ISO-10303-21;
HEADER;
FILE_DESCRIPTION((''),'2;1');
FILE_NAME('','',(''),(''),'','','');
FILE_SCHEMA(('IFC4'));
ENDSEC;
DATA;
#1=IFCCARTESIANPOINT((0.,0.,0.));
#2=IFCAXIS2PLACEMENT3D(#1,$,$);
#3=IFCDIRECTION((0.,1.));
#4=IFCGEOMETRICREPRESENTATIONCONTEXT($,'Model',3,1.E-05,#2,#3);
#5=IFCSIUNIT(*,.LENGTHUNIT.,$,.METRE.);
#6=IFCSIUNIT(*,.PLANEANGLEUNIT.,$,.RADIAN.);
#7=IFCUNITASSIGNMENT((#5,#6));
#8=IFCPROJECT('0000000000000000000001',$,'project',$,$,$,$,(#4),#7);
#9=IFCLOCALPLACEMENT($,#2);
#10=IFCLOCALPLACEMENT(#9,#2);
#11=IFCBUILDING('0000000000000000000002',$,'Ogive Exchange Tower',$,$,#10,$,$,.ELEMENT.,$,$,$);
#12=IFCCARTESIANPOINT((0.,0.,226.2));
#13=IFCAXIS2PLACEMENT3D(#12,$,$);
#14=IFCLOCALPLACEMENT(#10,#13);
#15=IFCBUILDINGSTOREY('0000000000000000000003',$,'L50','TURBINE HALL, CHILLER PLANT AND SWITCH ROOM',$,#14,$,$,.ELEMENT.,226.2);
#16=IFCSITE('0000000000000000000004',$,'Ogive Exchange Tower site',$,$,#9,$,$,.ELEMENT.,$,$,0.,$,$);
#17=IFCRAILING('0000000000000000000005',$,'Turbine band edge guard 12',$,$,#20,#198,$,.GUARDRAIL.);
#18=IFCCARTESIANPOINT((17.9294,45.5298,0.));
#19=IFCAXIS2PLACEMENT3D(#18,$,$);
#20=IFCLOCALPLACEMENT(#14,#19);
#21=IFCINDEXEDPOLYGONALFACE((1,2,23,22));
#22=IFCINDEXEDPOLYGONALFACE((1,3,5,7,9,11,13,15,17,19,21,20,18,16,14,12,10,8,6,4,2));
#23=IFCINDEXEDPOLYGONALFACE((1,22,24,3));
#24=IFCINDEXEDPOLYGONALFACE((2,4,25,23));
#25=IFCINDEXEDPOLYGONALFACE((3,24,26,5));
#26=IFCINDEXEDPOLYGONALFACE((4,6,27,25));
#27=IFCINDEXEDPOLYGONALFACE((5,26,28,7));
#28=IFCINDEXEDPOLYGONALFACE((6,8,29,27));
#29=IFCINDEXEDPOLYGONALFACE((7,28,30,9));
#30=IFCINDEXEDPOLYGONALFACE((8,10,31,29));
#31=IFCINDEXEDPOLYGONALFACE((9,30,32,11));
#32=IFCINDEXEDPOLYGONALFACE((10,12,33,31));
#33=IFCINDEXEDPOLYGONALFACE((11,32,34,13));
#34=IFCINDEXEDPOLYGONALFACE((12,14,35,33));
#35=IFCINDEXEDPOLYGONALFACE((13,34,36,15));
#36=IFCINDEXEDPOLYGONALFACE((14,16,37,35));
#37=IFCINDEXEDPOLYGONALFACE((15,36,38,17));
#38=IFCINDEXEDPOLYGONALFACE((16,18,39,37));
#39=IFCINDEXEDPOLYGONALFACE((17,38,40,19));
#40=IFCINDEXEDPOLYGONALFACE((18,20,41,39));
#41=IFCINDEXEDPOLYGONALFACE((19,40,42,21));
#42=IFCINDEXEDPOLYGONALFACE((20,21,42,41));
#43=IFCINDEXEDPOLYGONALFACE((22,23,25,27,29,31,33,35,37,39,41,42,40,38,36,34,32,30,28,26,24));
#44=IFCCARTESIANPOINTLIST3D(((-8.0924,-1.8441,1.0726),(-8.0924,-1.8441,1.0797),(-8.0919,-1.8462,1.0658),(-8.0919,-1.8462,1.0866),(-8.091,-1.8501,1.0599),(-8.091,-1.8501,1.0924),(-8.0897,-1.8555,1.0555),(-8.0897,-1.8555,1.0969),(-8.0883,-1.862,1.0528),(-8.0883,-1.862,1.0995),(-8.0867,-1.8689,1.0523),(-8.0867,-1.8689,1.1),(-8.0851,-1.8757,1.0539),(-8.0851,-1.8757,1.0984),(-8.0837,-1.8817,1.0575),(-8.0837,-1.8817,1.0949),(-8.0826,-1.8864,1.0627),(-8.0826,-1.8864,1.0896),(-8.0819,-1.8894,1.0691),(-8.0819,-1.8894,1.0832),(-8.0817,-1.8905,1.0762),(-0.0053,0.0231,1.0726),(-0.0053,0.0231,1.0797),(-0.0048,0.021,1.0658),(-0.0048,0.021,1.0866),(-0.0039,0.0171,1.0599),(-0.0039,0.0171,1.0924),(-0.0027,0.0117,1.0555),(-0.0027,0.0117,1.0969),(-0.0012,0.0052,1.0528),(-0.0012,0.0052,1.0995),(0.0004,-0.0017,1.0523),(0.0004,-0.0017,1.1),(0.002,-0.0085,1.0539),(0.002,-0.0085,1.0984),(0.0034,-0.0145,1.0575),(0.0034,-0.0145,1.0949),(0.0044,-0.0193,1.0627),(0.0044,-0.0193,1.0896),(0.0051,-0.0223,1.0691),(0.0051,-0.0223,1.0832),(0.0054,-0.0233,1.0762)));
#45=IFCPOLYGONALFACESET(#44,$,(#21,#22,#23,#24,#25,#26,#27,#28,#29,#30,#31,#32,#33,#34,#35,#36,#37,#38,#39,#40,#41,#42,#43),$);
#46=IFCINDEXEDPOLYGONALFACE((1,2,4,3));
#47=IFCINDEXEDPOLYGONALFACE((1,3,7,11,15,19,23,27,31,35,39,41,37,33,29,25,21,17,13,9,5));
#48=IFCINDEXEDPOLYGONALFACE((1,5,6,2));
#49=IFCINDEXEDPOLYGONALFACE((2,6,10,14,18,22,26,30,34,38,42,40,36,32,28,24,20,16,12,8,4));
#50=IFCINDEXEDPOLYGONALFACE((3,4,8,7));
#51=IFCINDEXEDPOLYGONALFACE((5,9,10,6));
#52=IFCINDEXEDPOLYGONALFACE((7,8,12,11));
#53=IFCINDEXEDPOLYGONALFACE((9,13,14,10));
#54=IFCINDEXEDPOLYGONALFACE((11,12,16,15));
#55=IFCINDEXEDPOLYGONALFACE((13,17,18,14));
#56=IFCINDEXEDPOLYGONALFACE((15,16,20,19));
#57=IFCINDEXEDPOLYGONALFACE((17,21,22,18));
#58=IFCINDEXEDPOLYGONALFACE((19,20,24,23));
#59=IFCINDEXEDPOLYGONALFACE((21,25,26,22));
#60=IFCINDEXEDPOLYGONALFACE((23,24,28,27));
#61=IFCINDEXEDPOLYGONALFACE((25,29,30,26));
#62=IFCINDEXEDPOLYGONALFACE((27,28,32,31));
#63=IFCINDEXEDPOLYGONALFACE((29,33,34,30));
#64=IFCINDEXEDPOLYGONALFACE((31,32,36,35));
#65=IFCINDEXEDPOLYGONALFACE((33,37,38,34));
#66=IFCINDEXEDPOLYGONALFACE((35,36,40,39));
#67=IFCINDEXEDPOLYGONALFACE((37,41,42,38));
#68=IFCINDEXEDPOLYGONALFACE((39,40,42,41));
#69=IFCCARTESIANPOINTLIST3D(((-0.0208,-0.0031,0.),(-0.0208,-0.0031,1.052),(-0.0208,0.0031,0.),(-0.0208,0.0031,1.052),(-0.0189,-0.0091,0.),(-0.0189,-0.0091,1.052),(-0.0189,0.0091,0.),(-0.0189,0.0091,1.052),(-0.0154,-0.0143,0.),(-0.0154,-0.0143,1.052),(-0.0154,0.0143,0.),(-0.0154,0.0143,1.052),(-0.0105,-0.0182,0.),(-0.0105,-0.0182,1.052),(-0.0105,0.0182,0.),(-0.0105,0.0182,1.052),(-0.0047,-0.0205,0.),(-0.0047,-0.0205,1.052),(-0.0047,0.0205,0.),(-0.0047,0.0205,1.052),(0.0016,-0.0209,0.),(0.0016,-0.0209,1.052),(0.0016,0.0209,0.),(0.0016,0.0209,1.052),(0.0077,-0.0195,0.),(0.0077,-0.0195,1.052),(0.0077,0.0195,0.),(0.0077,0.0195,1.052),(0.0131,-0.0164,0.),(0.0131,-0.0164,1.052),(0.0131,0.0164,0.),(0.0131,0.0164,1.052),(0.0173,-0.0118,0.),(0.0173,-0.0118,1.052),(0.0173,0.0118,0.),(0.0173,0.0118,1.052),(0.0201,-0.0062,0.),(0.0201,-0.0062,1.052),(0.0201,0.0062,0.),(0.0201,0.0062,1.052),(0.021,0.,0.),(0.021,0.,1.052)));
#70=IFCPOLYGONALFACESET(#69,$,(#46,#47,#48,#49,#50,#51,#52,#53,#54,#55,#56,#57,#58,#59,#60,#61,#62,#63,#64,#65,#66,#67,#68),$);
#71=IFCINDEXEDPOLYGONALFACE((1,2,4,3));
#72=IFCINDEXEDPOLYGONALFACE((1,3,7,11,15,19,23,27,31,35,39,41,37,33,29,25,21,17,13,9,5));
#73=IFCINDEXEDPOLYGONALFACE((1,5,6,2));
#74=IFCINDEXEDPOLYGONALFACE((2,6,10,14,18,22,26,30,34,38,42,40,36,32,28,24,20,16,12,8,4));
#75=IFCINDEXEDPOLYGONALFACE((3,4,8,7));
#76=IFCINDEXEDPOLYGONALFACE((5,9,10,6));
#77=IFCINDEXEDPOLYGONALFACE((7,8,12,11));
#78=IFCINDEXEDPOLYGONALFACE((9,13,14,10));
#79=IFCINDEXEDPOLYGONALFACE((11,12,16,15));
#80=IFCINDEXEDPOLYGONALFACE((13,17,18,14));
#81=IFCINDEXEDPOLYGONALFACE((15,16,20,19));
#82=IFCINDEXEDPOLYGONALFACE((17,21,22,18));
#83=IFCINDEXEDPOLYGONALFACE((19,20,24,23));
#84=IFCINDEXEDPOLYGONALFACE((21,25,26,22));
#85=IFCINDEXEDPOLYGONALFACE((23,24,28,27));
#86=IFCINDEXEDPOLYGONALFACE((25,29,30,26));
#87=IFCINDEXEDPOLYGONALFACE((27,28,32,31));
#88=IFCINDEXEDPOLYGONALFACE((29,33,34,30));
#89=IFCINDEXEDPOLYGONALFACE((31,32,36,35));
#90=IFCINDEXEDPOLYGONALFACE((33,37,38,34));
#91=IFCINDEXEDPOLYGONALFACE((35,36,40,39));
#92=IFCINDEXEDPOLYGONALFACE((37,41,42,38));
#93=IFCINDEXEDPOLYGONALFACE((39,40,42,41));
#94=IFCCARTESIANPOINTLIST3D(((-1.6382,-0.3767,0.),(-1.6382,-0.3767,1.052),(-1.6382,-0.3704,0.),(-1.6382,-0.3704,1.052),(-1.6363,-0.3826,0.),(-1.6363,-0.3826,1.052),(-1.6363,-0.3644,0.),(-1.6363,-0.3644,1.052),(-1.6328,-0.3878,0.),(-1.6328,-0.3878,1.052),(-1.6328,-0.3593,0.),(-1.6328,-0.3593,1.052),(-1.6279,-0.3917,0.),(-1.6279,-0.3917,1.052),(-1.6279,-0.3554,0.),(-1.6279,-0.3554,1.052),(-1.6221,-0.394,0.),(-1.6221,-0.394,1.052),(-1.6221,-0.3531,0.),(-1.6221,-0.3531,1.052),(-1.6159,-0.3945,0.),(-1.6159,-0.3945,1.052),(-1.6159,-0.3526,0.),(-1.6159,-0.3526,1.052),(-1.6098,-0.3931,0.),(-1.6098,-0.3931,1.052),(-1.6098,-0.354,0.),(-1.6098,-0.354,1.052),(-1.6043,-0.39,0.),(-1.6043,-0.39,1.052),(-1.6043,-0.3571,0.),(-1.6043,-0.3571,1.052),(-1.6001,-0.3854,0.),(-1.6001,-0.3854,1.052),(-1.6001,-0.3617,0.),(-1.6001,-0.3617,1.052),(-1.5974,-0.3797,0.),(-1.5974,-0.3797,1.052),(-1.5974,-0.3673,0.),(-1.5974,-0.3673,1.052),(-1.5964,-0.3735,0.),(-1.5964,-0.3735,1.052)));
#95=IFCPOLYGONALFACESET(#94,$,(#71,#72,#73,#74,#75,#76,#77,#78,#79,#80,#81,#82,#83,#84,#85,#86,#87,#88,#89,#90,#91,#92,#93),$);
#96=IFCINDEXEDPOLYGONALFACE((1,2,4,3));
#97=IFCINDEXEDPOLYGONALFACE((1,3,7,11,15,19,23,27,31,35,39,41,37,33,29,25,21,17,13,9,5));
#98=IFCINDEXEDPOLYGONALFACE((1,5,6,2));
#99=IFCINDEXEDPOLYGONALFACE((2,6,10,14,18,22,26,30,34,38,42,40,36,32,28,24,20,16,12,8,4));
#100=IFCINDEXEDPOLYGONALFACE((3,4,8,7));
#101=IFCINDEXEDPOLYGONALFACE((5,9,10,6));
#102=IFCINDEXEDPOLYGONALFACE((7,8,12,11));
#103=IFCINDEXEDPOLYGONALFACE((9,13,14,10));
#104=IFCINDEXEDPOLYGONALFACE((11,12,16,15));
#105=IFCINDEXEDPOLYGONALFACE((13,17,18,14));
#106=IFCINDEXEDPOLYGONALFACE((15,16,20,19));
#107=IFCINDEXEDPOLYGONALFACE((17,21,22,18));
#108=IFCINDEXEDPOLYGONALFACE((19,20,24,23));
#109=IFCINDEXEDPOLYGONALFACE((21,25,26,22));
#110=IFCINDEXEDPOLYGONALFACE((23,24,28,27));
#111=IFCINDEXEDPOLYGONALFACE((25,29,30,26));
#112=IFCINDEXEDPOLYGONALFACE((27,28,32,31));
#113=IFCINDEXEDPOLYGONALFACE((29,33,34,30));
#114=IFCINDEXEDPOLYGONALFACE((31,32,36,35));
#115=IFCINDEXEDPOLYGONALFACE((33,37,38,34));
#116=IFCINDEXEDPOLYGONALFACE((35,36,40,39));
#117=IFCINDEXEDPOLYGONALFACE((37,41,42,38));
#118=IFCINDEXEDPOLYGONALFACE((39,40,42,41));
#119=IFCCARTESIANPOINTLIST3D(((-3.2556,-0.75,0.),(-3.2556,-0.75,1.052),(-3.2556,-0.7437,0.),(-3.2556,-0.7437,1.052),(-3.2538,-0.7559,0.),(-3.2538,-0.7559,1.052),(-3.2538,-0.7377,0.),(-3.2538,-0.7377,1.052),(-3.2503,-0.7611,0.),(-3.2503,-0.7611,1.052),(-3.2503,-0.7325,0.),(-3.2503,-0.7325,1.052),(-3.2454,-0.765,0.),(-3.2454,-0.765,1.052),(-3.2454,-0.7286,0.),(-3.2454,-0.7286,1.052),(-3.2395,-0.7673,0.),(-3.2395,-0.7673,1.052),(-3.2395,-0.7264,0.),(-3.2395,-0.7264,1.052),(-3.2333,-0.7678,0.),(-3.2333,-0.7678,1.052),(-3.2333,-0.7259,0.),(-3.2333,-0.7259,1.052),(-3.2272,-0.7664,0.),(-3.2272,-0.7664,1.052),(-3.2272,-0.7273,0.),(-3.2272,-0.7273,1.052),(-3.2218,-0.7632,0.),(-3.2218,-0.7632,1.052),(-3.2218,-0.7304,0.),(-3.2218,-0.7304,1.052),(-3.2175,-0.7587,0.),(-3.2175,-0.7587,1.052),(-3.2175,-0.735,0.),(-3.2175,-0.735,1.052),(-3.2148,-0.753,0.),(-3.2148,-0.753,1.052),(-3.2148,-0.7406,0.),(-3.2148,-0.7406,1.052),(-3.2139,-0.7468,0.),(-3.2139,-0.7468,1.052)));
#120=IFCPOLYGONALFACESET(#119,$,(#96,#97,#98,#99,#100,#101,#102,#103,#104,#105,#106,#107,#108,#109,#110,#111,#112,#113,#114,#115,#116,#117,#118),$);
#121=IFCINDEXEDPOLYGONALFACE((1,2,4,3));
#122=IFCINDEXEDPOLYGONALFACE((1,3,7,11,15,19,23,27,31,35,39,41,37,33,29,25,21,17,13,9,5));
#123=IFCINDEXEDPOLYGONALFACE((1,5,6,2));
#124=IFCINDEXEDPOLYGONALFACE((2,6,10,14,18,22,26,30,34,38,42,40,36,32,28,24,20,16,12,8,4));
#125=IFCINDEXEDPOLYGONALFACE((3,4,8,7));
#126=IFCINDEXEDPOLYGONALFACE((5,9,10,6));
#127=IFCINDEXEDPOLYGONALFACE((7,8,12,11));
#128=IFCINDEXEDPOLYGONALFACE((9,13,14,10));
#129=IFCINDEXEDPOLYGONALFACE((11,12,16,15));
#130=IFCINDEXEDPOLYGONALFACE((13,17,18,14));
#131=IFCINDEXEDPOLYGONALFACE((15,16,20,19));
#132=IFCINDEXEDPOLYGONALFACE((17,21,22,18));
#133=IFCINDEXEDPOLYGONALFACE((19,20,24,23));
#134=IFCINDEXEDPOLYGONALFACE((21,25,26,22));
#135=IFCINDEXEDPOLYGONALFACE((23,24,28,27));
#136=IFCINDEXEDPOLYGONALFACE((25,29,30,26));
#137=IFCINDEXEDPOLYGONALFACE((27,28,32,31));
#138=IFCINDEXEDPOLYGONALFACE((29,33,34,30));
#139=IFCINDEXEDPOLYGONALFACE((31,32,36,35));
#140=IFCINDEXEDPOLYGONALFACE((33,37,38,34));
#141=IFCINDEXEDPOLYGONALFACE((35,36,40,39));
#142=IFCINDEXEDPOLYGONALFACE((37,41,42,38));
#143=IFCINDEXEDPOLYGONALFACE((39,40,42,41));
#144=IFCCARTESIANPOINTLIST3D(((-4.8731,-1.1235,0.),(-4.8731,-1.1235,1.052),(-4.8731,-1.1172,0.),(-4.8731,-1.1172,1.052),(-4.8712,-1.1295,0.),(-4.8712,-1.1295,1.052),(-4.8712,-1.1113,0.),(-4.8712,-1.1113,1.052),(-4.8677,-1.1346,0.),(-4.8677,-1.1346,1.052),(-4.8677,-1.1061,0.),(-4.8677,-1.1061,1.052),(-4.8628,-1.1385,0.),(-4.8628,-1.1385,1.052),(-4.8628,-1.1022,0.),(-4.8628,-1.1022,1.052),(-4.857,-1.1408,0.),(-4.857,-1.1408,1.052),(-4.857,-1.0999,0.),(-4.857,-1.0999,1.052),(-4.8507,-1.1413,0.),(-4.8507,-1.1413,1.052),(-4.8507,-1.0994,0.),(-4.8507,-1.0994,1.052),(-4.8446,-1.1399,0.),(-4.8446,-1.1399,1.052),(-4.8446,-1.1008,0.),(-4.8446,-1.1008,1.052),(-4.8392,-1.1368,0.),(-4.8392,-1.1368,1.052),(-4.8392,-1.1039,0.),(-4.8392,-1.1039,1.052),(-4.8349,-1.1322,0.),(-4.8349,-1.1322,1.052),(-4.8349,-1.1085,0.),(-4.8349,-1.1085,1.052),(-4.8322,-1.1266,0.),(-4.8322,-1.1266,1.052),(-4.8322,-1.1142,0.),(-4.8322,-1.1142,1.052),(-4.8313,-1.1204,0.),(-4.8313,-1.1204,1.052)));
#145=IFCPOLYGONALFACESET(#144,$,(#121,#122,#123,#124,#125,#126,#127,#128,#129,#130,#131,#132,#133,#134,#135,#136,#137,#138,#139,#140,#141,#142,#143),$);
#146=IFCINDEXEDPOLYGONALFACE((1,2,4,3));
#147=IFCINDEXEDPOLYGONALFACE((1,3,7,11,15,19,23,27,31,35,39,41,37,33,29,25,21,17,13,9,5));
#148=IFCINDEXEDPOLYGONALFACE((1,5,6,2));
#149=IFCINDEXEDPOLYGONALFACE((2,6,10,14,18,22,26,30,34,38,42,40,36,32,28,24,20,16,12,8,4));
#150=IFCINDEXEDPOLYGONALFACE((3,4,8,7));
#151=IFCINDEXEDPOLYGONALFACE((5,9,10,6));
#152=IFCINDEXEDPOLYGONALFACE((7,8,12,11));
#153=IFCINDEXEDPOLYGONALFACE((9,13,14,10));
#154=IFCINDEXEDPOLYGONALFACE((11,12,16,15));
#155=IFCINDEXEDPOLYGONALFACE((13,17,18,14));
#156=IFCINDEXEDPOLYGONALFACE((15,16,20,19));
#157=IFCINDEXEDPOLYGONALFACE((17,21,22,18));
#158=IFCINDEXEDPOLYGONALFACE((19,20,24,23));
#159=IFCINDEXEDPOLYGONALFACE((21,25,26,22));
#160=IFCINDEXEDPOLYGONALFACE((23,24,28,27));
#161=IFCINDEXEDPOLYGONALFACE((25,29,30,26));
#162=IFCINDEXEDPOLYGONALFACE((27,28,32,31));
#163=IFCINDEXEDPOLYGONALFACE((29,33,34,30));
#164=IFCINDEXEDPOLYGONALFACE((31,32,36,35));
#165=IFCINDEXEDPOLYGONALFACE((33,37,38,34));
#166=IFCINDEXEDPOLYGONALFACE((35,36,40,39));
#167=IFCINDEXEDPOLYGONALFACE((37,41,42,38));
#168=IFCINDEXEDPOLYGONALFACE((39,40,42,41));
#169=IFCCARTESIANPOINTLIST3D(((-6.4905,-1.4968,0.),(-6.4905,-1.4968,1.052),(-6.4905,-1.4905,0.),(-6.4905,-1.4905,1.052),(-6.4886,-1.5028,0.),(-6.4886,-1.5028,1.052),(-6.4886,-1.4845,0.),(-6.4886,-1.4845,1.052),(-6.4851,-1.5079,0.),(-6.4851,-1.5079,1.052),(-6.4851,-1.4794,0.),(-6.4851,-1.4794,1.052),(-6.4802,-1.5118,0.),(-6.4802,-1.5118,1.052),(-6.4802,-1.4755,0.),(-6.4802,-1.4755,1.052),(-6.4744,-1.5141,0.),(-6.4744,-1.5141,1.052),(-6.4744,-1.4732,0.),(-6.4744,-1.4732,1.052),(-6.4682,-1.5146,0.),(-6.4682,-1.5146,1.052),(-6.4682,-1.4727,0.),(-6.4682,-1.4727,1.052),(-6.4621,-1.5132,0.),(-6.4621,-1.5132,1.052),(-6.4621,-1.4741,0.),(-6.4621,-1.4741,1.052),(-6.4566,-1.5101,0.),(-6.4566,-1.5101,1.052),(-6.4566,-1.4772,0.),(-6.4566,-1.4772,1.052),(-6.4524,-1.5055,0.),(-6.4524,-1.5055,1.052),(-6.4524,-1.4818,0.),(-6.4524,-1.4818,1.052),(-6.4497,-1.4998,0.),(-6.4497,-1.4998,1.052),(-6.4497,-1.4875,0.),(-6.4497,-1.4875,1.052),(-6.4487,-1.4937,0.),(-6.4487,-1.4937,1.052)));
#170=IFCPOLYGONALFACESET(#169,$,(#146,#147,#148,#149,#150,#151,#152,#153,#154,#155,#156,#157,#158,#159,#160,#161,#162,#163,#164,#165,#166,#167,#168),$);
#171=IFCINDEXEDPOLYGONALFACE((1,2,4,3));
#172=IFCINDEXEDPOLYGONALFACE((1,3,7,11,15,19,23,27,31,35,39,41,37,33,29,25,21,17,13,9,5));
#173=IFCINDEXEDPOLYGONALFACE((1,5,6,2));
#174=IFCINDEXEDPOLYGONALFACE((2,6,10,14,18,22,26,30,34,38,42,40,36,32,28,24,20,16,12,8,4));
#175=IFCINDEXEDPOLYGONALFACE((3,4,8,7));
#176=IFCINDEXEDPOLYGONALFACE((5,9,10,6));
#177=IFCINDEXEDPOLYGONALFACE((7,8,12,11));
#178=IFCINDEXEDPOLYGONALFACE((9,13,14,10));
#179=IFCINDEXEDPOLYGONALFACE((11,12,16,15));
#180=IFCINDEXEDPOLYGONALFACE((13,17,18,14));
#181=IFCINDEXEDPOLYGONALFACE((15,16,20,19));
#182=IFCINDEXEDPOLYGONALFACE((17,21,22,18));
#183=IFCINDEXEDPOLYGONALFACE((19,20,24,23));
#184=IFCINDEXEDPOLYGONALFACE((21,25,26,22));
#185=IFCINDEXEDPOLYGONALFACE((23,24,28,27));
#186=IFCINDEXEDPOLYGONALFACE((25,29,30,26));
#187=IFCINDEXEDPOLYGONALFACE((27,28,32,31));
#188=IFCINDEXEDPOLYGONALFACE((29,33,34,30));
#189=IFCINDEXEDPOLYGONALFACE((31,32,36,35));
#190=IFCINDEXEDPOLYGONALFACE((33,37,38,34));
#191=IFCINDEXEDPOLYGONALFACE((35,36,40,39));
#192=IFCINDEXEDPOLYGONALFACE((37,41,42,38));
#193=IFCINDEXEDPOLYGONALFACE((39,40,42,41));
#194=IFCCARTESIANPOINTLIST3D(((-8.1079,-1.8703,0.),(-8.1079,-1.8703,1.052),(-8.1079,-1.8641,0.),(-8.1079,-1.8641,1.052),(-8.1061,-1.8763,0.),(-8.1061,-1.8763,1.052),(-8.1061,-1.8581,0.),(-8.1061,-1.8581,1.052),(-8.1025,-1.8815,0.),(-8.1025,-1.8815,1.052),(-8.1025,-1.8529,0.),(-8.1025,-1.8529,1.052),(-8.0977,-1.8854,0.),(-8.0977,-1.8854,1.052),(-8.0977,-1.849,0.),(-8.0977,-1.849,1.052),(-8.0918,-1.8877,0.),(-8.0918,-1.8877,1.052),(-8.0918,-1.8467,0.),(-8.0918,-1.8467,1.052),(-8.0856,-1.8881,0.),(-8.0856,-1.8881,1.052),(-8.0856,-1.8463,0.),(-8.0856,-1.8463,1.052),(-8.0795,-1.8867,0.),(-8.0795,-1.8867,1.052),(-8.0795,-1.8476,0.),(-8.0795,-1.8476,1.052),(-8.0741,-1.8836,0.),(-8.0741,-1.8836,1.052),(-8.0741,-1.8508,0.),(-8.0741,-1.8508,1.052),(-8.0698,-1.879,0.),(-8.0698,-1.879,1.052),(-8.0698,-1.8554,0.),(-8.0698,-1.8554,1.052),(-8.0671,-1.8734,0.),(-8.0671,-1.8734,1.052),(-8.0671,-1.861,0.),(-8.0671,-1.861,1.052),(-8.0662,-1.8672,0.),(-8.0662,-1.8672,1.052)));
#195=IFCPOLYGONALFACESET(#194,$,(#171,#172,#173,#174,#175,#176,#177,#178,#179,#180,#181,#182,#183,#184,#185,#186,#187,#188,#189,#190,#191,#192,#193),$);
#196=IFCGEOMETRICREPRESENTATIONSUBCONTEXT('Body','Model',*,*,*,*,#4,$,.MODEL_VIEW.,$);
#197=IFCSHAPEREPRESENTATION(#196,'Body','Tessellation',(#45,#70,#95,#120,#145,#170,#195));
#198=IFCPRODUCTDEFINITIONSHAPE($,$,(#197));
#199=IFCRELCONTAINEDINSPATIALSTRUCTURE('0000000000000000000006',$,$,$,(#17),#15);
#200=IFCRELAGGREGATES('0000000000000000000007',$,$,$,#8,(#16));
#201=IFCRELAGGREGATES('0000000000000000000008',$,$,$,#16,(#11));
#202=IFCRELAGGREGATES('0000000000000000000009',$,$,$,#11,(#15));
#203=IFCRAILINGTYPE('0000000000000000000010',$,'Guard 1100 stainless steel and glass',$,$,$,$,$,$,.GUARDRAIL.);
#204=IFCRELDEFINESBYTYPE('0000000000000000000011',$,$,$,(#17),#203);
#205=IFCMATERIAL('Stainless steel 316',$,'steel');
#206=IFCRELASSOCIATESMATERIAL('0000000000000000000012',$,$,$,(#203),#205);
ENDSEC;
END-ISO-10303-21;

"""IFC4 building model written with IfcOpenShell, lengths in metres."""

from ifc_helpers import new_model, si_unit, direction, frame, origin, origin_2d, place, context, subcontext, project, spatial, circle, extrude, material, type_object, element, save


model = new_model("IFC4")

# Units and contexts
model_context = context("Model", 3, precision=1e-05, world=origin(), true_north=direction((0.0, 1.0)))
body_context = subcontext(model_context, "Body", "Model", "MODEL_VIEW")
ifc_project = project(units=[si_unit("LENGTHUNIT", "METRE"), si_unit("PLANEANGLEUNIT", "RADIAN")], contexts=[model_context])

# Site, building, storey
site_placement = place(None, origin())
site = spatial("IfcSite", under=ifc_project, at=site_placement, Name="Ogive Exchange Tower site", CompositionType="ELEMENT", RefElevation=0.0)
building_placement = place(site_placement, origin())
building = spatial("IfcBuilding", under=site, at=building_placement, Name="Ogive Exchange Tower", CompositionType="ELEMENT")
storey_placement = place(building_placement, frame((0.0, 0.0, 226.2)))
storey = spatial("IfcBuildingStorey", under=building, at=storey_placement, Name="L50", Description="TURBINE HALL, CHILLER PLANT AND SWITCH ROOM", CompositionType="ELEMENT", Elevation=226.2)

# Railing
ifc_material_1 = material(Name="Stainless steel 316", Category="steel")
railing_type = type_object("IfcRailingType", Name="Guard 1100 stainless steel and glass", PredefinedType="GUARDRAIL", material=ifc_material_1)
railing_1_placement = place(storey_placement, frame((17.9294, 45.5298, 0.0)))
element("IfcRailing", 1, at=railing_1_placement, inside=storey, type_object=railing_type, Name="Turbine band edge guard 12", PredefinedType="GUARDRAIL", context=body_context, shape_type="SweptSolid", body=[
    extrude(circle(Radius=0.0239, at=origin_2d()), frame((0.0, 0.0, 1.0762), z_axis=(-0.974367, -0.224965, 0.0), x_axis=(0.224965, -0.974367, 0.0)), (0.0, 0.0, 1.0), 8.2998),
    extrude(circle(Radius=0.021, at=origin_2d()), origin(), (0.0, 0.0, 1.0), 1.052),
    extrude(circle(Radius=0.021, at=origin_2d()), frame((-1.6174, -0.3735, 0.0)), (0.0, 0.0, 1.0), 1.052),
    extrude(circle(Radius=0.021, at=origin_2d()), frame((-3.2349, -0.7468, 0.0)), (0.0, 0.0, 1.0), 1.052),
    extrude(circle(Radius=0.021, at=origin_2d()), frame((-4.8523, -1.1204, 0.0)), (0.0, 0.0, 1.0), 1.052),
    extrude(circle(Radius=0.021, at=origin_2d()), frame((-6.4697, -1.4937, 0.0)), (0.0, 0.0, 1.0), 1.052),
    extrude(circle(Radius=0.021, at=origin_2d()), frame((-8.0872, -1.8672, 0.0)), (0.0, 0.0, 1.0), 1.052),
])

save(model, "model.ifc")
